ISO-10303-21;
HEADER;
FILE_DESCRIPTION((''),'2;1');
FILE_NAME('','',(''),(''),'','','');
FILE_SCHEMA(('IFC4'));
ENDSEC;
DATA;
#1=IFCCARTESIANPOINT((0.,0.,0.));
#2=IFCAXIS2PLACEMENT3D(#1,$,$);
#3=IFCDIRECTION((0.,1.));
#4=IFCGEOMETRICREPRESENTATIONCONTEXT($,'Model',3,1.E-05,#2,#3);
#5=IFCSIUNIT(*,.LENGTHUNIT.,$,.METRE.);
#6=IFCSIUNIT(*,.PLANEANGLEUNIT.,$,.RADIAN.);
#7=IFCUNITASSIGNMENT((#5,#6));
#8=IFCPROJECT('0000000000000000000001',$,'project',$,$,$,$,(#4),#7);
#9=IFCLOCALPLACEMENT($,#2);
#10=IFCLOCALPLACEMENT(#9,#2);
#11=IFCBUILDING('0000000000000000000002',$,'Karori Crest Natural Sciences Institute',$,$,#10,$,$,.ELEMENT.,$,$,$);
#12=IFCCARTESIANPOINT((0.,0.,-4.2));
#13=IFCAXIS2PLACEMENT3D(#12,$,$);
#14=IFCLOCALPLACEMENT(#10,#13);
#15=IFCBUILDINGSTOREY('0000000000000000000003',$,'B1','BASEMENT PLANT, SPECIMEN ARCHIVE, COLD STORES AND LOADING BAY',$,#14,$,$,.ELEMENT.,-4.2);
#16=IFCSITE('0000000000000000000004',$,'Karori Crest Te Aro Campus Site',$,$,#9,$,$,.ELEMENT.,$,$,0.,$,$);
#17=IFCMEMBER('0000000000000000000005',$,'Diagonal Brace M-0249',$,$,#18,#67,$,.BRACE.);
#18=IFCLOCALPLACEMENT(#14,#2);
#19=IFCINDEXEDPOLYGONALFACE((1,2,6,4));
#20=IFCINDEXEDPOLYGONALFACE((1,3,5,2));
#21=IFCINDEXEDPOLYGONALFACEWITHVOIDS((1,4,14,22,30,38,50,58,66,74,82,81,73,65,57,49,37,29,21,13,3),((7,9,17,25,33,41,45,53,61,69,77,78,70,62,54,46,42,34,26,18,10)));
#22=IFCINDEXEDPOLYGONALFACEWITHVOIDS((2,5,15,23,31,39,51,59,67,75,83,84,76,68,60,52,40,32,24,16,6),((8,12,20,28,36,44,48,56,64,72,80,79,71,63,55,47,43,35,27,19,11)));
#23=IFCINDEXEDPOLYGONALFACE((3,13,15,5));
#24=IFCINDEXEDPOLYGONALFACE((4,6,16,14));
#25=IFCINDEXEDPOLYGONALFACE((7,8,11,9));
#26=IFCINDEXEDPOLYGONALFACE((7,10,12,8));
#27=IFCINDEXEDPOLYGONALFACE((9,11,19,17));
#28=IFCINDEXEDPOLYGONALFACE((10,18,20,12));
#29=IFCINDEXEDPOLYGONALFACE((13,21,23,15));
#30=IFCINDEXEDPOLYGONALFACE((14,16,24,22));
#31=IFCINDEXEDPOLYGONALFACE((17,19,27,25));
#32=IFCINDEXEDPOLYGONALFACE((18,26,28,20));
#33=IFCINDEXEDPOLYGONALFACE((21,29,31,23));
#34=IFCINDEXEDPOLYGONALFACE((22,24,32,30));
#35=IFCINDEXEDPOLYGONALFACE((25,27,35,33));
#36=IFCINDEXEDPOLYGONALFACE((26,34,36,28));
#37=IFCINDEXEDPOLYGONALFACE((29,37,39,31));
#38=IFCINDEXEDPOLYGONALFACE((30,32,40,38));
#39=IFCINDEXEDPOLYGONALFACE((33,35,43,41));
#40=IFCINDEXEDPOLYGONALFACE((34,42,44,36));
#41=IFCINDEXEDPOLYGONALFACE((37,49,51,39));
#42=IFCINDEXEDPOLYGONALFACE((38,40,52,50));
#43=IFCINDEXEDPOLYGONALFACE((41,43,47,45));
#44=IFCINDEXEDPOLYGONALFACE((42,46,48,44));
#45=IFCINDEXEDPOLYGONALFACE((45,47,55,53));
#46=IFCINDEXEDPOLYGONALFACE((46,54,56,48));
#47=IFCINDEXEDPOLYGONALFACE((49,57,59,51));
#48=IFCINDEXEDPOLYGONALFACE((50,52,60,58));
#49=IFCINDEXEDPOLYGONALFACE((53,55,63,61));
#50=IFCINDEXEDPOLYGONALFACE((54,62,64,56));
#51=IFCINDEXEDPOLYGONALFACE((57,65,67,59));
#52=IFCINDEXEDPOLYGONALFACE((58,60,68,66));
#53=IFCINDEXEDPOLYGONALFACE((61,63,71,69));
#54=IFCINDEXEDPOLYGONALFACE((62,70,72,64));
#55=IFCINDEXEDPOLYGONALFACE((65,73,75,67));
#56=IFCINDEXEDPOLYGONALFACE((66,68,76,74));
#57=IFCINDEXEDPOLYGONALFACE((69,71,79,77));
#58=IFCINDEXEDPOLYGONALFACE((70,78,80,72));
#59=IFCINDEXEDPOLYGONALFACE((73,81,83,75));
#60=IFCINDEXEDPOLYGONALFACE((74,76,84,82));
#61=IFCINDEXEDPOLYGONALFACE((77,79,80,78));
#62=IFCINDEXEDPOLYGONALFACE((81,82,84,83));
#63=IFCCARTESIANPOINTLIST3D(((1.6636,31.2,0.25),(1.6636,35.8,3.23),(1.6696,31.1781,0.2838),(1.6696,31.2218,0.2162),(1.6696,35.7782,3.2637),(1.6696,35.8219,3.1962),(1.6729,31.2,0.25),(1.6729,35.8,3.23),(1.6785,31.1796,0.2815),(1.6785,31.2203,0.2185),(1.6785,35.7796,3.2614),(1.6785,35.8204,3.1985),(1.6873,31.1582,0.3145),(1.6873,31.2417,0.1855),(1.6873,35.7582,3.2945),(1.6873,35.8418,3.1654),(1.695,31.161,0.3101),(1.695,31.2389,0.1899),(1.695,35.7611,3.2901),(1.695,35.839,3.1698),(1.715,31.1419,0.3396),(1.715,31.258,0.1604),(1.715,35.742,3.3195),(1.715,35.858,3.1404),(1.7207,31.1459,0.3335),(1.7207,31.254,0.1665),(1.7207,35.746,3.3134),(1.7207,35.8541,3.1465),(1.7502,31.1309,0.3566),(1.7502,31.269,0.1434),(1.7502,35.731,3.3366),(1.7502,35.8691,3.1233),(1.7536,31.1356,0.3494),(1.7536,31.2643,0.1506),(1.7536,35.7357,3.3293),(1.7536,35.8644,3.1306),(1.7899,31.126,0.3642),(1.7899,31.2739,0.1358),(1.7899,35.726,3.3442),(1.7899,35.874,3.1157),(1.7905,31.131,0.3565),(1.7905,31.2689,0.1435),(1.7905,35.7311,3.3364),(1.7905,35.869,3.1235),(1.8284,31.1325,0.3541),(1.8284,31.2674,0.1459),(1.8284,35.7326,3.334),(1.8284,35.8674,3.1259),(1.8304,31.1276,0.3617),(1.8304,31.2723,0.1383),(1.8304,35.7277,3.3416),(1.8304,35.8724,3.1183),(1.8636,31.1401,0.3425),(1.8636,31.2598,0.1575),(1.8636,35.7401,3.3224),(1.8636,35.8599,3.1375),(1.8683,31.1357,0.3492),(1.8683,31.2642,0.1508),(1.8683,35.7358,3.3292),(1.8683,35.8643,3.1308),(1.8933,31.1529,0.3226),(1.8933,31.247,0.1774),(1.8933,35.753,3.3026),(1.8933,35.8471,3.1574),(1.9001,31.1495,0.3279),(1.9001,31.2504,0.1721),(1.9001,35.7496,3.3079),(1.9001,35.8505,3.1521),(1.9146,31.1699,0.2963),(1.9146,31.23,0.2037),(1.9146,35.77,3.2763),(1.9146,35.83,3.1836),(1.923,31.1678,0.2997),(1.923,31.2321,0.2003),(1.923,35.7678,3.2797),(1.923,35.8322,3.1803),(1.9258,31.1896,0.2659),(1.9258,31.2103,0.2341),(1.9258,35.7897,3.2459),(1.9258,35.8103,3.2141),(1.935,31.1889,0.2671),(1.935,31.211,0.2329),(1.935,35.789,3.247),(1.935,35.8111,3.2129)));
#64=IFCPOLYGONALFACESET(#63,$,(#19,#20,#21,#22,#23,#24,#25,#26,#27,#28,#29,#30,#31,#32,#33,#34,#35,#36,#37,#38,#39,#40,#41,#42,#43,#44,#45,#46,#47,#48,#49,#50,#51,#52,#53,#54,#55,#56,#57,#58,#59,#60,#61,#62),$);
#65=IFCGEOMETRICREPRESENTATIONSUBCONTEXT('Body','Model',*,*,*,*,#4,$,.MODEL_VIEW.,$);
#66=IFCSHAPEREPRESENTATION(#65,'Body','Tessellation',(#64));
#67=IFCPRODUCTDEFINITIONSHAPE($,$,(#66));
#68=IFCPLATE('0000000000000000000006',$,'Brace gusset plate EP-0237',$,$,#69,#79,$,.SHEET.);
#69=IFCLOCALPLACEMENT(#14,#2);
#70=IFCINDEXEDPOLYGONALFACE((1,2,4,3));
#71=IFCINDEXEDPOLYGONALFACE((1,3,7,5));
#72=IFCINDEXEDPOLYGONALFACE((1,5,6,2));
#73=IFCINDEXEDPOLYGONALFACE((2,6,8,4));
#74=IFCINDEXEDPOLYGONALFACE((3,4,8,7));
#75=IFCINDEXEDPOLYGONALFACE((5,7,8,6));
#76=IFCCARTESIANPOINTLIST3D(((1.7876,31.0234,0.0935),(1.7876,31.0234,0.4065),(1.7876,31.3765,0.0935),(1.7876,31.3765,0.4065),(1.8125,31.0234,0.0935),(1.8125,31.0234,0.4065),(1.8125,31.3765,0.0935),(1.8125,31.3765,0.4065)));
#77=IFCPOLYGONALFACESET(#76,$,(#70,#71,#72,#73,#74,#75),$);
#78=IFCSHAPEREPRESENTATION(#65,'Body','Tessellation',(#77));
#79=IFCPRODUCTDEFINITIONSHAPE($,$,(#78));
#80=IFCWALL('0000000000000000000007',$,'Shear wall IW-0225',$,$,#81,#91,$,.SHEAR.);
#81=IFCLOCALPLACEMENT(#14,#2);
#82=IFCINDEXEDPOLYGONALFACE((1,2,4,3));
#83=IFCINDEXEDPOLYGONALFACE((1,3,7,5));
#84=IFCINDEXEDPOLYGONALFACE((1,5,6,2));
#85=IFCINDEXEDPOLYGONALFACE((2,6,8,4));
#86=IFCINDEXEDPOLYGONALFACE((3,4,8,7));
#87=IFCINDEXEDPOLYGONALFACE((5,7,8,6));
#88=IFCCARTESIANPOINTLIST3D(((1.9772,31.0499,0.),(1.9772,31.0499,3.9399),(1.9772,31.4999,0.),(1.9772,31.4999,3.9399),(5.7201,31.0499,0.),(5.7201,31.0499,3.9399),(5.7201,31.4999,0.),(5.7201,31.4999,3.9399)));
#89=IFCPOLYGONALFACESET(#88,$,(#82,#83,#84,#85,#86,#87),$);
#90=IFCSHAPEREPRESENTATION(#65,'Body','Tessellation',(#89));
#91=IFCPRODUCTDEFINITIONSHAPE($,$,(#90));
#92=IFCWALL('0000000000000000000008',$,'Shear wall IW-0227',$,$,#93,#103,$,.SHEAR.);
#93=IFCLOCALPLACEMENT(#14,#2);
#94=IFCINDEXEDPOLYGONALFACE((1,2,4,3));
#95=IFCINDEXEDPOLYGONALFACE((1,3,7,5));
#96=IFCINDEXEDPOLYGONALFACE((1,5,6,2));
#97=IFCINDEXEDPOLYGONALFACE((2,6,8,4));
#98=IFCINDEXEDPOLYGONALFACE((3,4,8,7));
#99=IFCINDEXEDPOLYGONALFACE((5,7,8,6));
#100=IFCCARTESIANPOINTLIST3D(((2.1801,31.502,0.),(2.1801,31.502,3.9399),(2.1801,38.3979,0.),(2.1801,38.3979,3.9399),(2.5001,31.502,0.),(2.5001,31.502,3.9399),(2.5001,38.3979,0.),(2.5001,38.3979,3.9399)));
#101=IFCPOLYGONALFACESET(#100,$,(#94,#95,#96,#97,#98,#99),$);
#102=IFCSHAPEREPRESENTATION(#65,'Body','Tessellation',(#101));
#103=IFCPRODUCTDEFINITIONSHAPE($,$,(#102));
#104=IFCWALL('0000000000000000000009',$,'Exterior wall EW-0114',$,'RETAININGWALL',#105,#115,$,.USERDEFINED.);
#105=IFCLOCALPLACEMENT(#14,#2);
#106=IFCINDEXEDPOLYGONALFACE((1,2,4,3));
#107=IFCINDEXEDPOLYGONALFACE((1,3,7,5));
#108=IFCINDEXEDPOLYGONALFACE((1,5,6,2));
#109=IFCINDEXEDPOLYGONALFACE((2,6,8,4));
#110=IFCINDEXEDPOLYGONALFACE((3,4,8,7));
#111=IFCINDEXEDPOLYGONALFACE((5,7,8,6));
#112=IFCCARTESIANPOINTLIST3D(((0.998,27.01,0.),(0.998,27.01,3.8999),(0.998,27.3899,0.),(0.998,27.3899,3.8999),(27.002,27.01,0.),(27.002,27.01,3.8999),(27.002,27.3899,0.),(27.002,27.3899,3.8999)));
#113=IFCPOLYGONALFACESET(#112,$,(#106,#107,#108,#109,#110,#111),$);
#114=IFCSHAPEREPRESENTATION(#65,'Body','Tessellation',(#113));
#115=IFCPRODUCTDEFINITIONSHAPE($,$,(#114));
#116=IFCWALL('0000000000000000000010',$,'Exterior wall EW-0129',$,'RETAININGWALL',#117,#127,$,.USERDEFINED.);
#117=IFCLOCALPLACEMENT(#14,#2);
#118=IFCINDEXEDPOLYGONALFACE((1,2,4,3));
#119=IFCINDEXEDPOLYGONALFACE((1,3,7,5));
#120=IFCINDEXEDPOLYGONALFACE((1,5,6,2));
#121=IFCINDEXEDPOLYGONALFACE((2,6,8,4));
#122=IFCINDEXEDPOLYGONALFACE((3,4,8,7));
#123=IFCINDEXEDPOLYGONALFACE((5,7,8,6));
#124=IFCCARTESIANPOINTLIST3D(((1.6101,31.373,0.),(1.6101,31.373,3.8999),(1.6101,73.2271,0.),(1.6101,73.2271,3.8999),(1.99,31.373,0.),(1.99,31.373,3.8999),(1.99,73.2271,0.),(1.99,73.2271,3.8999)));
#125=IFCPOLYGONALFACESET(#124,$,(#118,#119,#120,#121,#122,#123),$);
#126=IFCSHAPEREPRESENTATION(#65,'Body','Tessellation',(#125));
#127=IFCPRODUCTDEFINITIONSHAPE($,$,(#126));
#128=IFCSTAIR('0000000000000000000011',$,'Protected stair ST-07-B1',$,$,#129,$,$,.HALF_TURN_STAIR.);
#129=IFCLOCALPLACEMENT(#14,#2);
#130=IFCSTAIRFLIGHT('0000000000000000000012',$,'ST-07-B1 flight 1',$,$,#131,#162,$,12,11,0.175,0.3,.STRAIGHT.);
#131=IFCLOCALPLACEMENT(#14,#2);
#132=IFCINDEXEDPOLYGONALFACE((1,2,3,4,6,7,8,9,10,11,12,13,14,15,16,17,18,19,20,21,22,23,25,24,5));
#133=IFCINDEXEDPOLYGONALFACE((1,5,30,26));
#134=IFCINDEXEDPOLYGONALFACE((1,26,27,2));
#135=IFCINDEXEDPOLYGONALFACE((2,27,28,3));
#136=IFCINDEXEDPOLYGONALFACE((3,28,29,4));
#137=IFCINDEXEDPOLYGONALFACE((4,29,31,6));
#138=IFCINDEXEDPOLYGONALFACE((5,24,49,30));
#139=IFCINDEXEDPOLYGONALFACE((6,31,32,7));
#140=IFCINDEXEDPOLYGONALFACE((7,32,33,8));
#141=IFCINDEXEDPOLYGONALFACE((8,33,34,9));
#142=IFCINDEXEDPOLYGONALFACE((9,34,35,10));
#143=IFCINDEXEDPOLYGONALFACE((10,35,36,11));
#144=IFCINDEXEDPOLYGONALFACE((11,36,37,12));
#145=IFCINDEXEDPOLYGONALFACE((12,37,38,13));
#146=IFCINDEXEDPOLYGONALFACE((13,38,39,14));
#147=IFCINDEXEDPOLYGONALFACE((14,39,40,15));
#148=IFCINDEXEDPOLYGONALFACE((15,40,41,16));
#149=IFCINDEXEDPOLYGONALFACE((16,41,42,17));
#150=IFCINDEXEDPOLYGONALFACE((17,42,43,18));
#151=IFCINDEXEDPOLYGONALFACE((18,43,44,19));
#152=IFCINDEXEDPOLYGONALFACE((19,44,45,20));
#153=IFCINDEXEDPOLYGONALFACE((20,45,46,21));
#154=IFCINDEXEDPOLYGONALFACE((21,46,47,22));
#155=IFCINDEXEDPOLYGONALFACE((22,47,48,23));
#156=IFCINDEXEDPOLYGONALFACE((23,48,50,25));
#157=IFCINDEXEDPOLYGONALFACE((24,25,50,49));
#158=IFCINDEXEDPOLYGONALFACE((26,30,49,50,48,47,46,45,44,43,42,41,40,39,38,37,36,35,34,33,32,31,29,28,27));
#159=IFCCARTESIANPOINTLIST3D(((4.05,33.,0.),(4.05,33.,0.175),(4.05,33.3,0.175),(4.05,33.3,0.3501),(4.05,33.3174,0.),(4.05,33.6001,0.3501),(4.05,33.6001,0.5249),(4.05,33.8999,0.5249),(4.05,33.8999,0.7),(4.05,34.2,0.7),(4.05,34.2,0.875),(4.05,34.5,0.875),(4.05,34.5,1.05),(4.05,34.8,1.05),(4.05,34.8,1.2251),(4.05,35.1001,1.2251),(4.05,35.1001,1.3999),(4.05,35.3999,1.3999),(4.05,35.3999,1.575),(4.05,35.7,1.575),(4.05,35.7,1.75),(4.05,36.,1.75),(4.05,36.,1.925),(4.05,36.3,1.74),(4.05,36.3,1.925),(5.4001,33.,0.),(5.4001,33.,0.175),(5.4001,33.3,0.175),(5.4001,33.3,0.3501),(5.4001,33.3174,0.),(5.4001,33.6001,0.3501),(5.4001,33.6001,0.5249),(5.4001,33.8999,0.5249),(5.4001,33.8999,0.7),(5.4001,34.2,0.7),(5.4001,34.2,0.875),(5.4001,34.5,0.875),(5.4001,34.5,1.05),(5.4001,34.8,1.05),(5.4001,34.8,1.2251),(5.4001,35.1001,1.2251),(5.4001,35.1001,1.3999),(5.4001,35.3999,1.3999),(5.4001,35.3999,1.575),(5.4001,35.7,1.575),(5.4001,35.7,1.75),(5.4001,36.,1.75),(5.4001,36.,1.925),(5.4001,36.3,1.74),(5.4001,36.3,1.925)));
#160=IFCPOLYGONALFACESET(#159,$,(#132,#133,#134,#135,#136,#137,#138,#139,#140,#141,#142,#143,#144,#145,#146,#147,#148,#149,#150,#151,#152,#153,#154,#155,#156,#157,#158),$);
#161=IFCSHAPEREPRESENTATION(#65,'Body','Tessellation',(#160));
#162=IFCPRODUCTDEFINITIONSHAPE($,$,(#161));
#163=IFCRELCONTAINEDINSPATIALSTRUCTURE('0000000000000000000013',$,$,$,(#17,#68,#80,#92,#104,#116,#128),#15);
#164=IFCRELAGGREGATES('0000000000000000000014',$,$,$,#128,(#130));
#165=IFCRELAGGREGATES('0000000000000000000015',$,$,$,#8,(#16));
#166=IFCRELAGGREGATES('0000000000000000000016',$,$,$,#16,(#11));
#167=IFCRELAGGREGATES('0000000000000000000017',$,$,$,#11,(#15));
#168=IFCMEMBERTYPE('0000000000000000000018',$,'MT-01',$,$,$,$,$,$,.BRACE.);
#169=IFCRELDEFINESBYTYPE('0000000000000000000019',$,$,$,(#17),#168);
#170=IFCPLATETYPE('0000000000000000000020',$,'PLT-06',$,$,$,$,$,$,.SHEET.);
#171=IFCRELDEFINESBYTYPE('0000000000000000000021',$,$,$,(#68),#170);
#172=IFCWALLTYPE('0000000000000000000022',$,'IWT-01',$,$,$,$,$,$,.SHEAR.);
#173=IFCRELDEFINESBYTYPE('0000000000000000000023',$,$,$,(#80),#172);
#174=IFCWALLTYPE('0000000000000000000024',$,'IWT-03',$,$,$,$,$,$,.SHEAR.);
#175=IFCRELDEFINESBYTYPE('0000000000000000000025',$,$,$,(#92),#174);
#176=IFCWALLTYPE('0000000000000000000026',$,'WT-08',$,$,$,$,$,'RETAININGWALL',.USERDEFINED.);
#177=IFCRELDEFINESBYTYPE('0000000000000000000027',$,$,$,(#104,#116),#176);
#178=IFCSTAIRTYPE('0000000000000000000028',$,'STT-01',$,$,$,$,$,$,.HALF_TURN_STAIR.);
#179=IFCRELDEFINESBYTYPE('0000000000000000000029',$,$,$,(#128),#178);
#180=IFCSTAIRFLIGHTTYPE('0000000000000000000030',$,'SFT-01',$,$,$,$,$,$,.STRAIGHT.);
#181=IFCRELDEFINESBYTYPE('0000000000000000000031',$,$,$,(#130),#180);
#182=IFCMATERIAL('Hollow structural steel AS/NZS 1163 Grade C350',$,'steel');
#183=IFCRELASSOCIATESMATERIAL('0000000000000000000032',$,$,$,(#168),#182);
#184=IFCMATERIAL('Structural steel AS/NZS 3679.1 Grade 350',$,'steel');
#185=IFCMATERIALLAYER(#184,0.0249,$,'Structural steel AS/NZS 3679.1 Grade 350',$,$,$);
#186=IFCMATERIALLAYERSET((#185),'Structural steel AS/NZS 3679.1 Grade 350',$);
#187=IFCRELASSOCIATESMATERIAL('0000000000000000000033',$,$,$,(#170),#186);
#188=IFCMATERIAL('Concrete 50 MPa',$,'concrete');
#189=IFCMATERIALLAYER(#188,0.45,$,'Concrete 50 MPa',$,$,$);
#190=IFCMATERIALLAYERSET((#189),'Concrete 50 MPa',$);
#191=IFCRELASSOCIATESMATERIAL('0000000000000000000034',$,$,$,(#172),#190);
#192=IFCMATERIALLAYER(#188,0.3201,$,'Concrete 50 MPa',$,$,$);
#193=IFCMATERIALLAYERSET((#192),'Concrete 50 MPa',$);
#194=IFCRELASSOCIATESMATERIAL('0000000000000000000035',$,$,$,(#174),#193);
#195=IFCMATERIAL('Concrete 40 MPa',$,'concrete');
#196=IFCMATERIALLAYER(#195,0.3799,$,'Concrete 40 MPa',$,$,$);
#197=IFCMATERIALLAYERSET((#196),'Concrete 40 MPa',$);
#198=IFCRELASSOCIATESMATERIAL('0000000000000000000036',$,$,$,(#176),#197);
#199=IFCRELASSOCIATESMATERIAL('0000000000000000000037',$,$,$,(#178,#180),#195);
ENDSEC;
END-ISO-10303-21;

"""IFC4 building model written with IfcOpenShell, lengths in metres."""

from ifc_helpers import new_model, si_unit, direction, frame, frame_2d, origin, origin_2d, place, context, subcontext, project, spatial, polyline, rectangle, hollow_circle, outline, extrude, material, layer, layer_set, material_profile, profile_set, type_object, element, aggregate, save


model = new_model("IFC4")

# Units and contexts
model_context = context("Model", 3, precision=1e-05, world=origin(), true_north=direction((0.0, 1.0)))
body_context = subcontext(model_context, "Body", "Model", "MODEL_VIEW")
ifc_project = project(units=[si_unit("LENGTHUNIT", "METRE"), si_unit("PLANEANGLEUNIT", "RADIAN")], contexts=[model_context])

# Site, building, storey
site_placement = place(None, origin())
site = spatial("IfcSite", under=ifc_project, at=site_placement, Name="Karori Crest Te Aro Campus Site", CompositionType="ELEMENT", RefElevation=0.0)
building_placement = place(site_placement, origin())
building = spatial("IfcBuilding", under=site, at=building_placement, Name="Karori Crest Natural Sciences Institute", CompositionType="ELEMENT")
storey_placement = place(building_placement, frame((0.0, 0.0, -4.2)))
storey = spatial("IfcBuildingStorey", under=building, at=storey_placement, Name="B1", Description="BASEMENT PLANT, SPECIMEN ARCHIVE, COLD STORES AND LOADING BAY", CompositionType="ELEMENT", Elevation=-4.2)

# Shared definitions
ifc_material_1 = material(Name="Concrete 40 MPa", Category="concrete")

# Shared definitions
ifc_material_2 = material(Name="Structural steel AS/NZS 3679.1 Grade 350", Category="steel")

# Shared definitions
ifc_material_3 = material(Name="Hollow structural steel AS/NZS 1163 Grade C350", Category="steel")

# Member
ifc_material_profile_1 = material_profile(ifc_material_3, hollow_circle(Radius=0.1365, WallThickness=0.0093, at=origin_2d()), Name="CHS273.0x9.3")
ifc_profile_set_1 = profile_set([ifc_material_profile_1], Name="Hollow structural steel AS/NZS 1163 Grade C350")
member_type = type_object("IfcMemberType", Name="MT-01", PredefinedType="BRACE", material=ifc_profile_set_1)
member_placement = place(storey_placement, frame((1.8, 31.2, 0.25), z_axis=(0.0, 0.839283, 0.543694), x_axis=(-1.0, 0.0, 0.0)))
element("IfcMember", 1, at=member_placement, inside=storey, type_object=member_type, Name="Diagonal Brace M-0249", PredefinedType="BRACE", context=body_context, shape_type="SweptSolid", body=[
    extrude(hollow_circle(Radius=0.1365, WallThickness=0.0093, at=origin_2d()), origin(), (0.0, 0.0, 1.0), 5.481),
])

# Plate
ifc_layer_1 = layer(ifc_material_2, 0.0249, Name="Structural steel AS/NZS 3679.1 Grade 350")
ifc_layer_set_1 = layer_set([ifc_layer_1], Name="Structural steel AS/NZS 3679.1 Grade 350")
plate_type = type_object("IfcPlateType", Name="PLT-06", PredefinedType="SHEET", material=ifc_layer_set_1)
plate_placement = place(storey_placement, frame((1.8, 31.2, 0.0935), z_axis=(0.0, 0.0, 1.0), x_axis=(0.0, 1.0, 0.0)))
element("IfcPlate", 2, at=plate_placement, inside=storey, type_object=plate_type, Name="Brace gusset plate EP-0237", PredefinedType="SHEET", context=body_context, shape_type="SweptSolid", body=[
    extrude(rectangle(XDim=0.353, YDim=0.0249, at=origin_2d()), origin(), (0.0, 0.0, 1.0), 0.313),
])

# Walls
ifc_material_4 = material(Name="Concrete 50 MPa", Category="concrete")
ifc_layer_2 = layer(ifc_material_4, 0.45, Name="Concrete 50 MPa")
ifc_layer_set_2 = layer_set([ifc_layer_2], Name="Concrete 50 MPa")
wall_type_1 = type_object("IfcWallType", Name="IWT-01", PredefinedType="SHEAR", material=ifc_layer_set_2)
wall_1_placement = place(storey_placement, frame((1.9771, 31.2749, 0.0), z_axis=(0.0, 0.0, 1.0), x_axis=(1.0, 0.0, 0.0)))
element("IfcWall", 3, at=wall_1_placement, inside=storey, type_object=wall_type_1, Name="Shear wall IW-0225", PredefinedType="SHEAR", context=body_context, shape_type="SweptSolid", body=[
    extrude(rectangle(XDim=3.7429, YDim=0.45, at=frame_2d((1.8716, 0.0))), origin(), (0.0, 0.0, 1.0), 3.9399),
])
ifc_layer_3 = layer(ifc_material_4, 0.3201, Name="Concrete 50 MPa")
ifc_layer_set_3 = layer_set([ifc_layer_3], Name="Concrete 50 MPa")
wall_type_2 = type_object("IfcWallType", Name="IWT-03", PredefinedType="SHEAR", material=ifc_layer_set_3)
wall_2_placement = place(storey_placement, frame((2.3401, 31.502, 0.0), z_axis=(0.0, 0.0, 1.0), x_axis=(0.0, 1.0, 0.0)))
element("IfcWall", 4, at=wall_2_placement, inside=storey, type_object=wall_type_2, Name="Shear wall IW-0227", PredefinedType="SHEAR", context=body_context, shape_type="SweptSolid", body=[
    extrude(rectangle(XDim=6.896, YDim=0.3201, at=frame_2d((3.448, 0.0))), origin(), (0.0, 0.0, 1.0), 3.9399),
])

# Walls
ifc_layer_4 = layer(ifc_material_1, 0.3799, Name="Concrete 40 MPa")
ifc_layer_set_4 = layer_set([ifc_layer_4], Name="Concrete 40 MPa")
wall_type_3 = type_object("IfcWallType", Name="WT-08", ElementType="RETAININGWALL", PredefinedType="USERDEFINED", material=ifc_layer_set_4)
wall_3_placement = place(storey_placement, frame((0.998, 27.2, 0.0), z_axis=(0.0, 0.0, 1.0), x_axis=(1.0, 0.0, 0.0)))
element("IfcWall", 5, at=wall_3_placement, inside=storey, type_object=wall_type_3, Name="Exterior wall EW-0114", ObjectType="RETAININGWALL", PredefinedType="USERDEFINED", context=body_context, shape_type="SweptSolid", body=[
    extrude(rectangle(XDim=26.0039, YDim=0.3799, at=frame_2d((13.002, 0.0))), origin(), (0.0, 0.0, 1.0), 3.8999),
])
wall_4_placement = place(storey_placement, frame((1.8, 31.373, 0.0), z_axis=(0.0, 0.0, 1.0), x_axis=(0.0, 1.0, 0.0)))
element("IfcWall", 6, at=wall_4_placement, inside=storey, type_object=wall_type_3, Name="Exterior wall EW-0129", ObjectType="RETAININGWALL", PredefinedType="USERDEFINED", context=body_context, shape_type="SweptSolid", body=[
    extrude(rectangle(XDim=41.854, YDim=0.3799, at=frame_2d((20.927, 0.0))), origin(), (0.0, 0.0, 1.0), 3.8999),
])

# Stair, stair flight
stair_type = type_object("IfcStairType", Name="STT-01", PredefinedType="HALF_TURN_STAIR", material=ifc_material_1)
stair_placement = place(storey_placement, origin())
stair = element("IfcStair", 7, at=stair_placement, inside=storey, type_object=stair_type, Name="Protected stair ST-07-B1", PredefinedType="HALF_TURN_STAIR")
stair_flight_type = type_object("IfcStairFlightType", Name="SFT-01", PredefinedType="STRAIGHT", material=ifc_material_1)
stair_flight_placement = place(storey_placement, frame((4.7251, 33.0, 0.0), z_axis=(0.0, 0.0, 1.0), x_axis=(0.0, 1.0, 0.0)))
stair_flight = element("IfcStairFlight", 8, at=stair_flight_placement, type_object=stair_flight_type, Name="ST-07-B1 flight 1", NumberOfRisers=12, NumberOfTreads=11, PredefinedType="STRAIGHT", RiserHeight=0.175, TreadLength=0.3, context=body_context, shape_type="SweptSolid", body=[
    extrude(outline(polyline([(0.0, 0.0), (0.0, 0.175), (0.3, 0.175), (0.3, 0.3501), (0.6001, 0.3501), (0.6001, 0.5249), (0.8999, 0.5249), (0.8999, 0.7), (1.2, 0.7), (1.2, 0.875), (1.5, 0.875), (1.5, 1.05), (1.8, 1.05), (1.8, 1.2251), (2.1001, 1.2251), (2.1001, 1.3999), (2.3999, 1.3999), (2.3999, 1.575), (2.7, 1.575), (2.7, 1.75), (3.0, 1.75), (3.0, 1.925), (3.3, 1.925), (3.3, 2.1001), (3.3, 1.74), (0.3174, 0.0), (0.0, 0.0)])), frame((0.0, 0.675, 0.0), z_axis=(0.0, -1.0, 0.0), x_axis=(1.0, 0.0, 0.0)), (0.0, 0.0, 1.0), 1.3501),
])
aggregate(stair, [stair_flight])

save(model, "model.ifc")
